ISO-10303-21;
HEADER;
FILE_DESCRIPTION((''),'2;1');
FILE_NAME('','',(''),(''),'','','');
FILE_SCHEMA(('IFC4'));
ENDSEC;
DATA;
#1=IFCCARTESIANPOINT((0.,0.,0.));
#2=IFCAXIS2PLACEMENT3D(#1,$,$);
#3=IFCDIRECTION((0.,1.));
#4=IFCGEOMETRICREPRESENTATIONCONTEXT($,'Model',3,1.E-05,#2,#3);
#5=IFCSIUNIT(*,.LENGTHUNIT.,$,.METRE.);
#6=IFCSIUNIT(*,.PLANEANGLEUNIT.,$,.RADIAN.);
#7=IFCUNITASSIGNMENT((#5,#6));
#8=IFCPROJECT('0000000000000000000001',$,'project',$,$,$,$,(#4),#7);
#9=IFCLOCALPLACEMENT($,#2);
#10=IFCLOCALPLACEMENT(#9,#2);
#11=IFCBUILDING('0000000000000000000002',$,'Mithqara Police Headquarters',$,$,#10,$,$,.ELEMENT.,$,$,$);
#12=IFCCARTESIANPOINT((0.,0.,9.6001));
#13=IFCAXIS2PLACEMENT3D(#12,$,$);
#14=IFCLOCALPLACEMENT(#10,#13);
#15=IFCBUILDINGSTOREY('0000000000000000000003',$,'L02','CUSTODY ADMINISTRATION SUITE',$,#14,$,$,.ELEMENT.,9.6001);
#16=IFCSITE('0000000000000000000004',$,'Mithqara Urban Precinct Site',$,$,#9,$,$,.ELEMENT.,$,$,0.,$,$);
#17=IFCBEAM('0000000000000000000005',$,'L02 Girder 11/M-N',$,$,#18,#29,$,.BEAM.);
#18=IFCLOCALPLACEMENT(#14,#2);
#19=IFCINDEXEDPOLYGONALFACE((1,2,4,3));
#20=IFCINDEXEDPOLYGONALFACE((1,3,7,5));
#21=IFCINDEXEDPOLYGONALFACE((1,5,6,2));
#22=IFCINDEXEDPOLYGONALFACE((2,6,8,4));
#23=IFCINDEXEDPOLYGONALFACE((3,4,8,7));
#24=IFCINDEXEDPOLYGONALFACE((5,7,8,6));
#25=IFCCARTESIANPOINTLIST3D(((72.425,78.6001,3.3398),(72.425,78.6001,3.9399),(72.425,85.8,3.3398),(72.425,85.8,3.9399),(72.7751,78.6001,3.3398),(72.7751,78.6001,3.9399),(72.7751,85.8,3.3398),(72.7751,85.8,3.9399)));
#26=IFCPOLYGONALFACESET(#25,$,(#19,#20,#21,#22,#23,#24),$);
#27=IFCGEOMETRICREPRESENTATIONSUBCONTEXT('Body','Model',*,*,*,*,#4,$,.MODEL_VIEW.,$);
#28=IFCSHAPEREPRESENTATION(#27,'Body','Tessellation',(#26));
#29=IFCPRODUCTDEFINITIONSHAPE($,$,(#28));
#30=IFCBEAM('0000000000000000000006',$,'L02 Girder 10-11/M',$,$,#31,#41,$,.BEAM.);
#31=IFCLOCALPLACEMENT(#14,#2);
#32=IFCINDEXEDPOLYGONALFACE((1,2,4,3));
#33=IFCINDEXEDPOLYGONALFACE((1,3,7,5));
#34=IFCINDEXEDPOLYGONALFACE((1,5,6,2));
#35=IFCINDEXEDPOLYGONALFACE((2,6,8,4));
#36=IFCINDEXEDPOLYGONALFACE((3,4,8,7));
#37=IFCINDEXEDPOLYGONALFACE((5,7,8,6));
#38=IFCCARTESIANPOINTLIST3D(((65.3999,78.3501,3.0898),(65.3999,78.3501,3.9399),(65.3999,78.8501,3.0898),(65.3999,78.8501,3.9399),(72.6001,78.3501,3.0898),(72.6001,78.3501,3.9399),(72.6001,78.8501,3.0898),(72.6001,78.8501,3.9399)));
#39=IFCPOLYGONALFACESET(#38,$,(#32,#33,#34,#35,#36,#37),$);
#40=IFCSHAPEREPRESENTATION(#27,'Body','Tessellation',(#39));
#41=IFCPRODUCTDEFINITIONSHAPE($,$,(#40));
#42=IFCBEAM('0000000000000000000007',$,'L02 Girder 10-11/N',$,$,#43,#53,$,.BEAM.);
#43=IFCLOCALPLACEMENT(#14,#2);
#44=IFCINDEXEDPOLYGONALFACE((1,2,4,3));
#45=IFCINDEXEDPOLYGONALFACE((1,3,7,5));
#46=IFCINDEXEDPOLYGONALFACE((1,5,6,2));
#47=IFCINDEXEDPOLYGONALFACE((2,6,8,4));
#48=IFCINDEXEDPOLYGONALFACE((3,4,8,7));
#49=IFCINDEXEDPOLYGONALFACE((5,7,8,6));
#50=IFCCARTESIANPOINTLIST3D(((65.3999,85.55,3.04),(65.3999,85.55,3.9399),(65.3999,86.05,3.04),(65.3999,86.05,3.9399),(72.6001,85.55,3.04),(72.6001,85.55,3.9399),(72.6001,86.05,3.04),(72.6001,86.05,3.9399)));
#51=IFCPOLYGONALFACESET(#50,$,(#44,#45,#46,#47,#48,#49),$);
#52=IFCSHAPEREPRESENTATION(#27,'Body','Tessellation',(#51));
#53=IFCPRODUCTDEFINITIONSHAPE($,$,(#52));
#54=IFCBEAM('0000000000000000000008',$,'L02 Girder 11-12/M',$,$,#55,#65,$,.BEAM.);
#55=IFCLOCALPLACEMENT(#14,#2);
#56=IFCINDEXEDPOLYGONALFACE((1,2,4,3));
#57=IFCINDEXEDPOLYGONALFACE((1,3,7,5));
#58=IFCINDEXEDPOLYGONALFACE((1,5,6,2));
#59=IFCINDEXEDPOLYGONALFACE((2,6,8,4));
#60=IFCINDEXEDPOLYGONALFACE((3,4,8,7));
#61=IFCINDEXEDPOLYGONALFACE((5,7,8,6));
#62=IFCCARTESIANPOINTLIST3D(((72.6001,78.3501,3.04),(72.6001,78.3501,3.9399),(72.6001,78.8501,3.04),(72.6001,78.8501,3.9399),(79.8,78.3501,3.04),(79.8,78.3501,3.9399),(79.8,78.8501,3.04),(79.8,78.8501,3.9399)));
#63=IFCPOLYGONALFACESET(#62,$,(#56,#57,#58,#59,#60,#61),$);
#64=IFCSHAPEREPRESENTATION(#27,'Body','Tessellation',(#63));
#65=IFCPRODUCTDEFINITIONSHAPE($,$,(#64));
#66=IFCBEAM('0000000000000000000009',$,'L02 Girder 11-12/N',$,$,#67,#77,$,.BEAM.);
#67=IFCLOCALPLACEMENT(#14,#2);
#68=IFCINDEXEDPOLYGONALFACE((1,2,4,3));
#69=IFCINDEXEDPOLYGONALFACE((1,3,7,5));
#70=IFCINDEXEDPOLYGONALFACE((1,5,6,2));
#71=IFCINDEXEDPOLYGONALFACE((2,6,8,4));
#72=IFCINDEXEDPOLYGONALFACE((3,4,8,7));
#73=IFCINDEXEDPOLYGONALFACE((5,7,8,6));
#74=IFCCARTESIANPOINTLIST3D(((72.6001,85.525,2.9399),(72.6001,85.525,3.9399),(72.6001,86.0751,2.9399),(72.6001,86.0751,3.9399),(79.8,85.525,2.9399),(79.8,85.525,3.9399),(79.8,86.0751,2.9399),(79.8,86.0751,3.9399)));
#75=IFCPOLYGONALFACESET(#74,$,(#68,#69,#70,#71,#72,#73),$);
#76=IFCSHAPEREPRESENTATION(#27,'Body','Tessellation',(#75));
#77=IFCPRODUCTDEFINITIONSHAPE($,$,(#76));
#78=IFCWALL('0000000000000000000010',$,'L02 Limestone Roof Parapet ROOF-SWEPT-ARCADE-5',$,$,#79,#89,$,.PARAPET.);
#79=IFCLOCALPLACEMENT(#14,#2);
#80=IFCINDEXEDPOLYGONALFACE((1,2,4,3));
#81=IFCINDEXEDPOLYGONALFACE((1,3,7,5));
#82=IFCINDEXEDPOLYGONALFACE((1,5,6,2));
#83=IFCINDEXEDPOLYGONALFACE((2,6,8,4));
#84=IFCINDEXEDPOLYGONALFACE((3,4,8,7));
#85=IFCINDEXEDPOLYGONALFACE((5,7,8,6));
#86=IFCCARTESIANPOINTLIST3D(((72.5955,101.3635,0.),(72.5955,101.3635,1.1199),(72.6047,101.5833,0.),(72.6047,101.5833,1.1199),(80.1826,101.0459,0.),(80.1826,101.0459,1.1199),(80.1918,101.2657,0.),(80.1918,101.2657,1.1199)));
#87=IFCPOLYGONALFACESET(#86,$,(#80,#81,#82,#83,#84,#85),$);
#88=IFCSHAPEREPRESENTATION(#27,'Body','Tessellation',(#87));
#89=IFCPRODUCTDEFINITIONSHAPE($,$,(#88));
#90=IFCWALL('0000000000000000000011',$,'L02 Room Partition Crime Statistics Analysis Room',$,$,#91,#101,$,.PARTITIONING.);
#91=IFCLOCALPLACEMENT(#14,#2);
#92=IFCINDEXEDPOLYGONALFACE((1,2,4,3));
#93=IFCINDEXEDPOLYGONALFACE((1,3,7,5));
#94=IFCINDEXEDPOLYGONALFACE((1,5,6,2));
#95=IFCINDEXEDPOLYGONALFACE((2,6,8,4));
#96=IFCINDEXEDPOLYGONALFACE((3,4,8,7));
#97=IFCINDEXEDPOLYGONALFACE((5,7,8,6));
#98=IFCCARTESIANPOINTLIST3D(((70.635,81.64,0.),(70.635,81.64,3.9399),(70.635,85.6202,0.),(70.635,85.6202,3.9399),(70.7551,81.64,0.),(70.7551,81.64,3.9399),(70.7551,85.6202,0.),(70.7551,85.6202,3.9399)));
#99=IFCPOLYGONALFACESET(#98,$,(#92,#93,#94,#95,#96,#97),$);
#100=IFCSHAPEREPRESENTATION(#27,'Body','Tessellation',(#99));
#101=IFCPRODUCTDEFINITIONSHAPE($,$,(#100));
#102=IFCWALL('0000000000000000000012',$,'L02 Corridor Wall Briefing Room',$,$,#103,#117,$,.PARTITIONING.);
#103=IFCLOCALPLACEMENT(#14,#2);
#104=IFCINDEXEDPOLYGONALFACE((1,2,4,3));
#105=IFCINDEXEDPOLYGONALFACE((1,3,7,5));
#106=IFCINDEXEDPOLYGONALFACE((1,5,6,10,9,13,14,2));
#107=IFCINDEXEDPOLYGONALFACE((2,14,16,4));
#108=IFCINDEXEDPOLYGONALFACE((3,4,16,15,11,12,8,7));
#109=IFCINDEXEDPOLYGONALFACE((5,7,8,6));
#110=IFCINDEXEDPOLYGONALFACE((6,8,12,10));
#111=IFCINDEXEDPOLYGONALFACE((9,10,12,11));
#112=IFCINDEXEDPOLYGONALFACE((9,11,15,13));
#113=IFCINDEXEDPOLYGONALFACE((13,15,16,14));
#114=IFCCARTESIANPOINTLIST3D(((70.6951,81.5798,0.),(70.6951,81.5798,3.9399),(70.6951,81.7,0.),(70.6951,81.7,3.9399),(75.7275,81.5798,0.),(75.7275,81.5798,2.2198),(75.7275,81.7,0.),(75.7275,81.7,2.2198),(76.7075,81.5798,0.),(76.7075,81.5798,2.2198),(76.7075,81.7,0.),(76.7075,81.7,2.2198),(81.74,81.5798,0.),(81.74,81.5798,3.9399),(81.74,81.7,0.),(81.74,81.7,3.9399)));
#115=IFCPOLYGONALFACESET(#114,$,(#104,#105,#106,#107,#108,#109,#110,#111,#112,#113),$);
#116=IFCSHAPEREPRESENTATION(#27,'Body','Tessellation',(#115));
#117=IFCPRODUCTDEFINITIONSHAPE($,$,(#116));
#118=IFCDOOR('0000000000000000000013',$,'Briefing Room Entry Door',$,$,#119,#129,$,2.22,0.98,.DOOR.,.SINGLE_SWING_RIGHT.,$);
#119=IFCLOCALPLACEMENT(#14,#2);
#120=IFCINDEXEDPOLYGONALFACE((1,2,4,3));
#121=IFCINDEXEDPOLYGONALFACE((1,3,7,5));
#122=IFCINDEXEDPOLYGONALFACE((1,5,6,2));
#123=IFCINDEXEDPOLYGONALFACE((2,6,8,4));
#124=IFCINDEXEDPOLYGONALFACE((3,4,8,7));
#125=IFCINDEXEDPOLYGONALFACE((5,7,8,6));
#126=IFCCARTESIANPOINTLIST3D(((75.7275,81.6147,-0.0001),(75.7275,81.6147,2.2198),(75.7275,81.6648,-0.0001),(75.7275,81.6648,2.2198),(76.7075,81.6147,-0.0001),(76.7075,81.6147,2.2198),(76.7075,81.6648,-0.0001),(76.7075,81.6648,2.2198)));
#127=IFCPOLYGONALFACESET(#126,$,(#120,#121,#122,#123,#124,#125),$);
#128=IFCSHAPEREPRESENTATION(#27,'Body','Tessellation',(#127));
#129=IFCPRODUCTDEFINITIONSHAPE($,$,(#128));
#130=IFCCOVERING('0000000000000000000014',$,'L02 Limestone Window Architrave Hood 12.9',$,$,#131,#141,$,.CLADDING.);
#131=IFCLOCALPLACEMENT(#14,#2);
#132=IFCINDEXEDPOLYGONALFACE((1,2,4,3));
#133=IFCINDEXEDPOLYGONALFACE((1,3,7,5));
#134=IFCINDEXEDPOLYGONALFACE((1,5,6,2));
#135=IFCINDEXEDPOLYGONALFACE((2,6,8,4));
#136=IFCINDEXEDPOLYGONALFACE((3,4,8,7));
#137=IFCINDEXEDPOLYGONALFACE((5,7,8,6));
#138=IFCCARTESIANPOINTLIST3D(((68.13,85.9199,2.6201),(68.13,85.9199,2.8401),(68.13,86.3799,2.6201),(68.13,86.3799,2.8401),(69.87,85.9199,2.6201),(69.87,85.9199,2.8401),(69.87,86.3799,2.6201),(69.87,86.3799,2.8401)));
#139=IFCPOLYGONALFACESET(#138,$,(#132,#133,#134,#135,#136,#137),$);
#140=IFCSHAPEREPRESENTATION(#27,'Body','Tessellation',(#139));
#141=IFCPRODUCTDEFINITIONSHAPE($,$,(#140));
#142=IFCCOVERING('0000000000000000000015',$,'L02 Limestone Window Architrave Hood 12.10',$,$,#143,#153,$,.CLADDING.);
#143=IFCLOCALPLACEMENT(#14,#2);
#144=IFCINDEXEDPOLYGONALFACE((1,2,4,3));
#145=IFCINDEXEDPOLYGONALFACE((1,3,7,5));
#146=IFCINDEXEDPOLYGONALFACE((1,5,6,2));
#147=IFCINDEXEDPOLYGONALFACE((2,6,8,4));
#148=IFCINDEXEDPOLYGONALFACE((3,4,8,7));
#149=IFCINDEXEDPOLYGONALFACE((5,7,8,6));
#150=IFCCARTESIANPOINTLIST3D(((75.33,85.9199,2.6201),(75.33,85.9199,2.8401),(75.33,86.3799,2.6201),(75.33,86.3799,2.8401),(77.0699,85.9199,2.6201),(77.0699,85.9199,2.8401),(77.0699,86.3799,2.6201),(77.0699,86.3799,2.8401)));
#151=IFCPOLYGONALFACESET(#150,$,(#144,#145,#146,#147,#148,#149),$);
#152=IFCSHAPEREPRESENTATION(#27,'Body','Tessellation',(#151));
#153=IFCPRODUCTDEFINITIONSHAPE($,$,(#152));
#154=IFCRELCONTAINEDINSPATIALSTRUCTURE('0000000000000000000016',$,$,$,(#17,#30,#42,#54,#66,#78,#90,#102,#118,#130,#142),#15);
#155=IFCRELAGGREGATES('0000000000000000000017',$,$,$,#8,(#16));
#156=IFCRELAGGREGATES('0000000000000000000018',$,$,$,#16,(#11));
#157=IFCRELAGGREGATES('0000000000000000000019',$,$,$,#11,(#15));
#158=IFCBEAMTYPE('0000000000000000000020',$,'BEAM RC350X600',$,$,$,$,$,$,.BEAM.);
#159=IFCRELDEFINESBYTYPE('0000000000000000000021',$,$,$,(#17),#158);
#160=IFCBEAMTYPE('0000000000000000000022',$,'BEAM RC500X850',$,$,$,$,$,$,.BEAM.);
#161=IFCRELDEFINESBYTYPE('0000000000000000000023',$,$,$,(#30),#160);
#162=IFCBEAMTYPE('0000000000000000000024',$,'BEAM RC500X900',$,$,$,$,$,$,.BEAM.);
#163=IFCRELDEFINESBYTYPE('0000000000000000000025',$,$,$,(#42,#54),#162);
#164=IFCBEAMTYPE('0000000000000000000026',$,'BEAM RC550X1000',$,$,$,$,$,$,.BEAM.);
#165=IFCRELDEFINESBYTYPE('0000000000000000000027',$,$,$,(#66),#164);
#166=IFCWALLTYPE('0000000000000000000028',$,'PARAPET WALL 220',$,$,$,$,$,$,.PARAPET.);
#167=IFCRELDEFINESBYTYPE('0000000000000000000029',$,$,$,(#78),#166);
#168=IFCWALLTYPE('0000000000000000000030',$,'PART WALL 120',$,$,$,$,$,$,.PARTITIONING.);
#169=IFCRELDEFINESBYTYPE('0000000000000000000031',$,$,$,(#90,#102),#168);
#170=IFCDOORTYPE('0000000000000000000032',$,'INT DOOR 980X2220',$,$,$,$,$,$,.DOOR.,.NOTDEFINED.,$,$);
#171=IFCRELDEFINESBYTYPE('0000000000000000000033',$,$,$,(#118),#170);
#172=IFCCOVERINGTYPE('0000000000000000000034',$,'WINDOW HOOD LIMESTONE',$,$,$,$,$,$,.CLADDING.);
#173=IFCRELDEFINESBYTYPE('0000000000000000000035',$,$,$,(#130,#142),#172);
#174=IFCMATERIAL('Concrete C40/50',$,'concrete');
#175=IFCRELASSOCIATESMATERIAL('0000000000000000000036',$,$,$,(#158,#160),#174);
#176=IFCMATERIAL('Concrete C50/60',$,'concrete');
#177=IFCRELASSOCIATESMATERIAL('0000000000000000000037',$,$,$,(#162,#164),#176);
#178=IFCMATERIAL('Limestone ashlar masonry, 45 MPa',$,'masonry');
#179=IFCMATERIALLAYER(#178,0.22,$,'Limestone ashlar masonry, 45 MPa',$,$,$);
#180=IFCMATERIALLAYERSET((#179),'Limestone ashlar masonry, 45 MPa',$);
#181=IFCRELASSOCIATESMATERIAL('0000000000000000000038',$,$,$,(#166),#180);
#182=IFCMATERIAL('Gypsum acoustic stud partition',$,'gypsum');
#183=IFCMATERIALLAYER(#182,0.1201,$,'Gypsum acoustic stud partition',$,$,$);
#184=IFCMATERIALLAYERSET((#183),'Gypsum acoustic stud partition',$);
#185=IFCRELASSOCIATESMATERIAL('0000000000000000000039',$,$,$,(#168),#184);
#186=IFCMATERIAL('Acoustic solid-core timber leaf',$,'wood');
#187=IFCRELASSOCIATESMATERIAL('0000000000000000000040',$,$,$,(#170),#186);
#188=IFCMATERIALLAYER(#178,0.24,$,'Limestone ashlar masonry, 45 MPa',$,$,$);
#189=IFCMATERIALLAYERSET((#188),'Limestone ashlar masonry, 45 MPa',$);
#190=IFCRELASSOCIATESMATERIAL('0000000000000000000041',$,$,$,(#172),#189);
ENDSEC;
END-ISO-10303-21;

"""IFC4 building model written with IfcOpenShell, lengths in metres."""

from ifc_helpers import new_model, si_unit, direction, frame, frame_2d, origin, origin_2d, place, context, subcontext, project, spatial, rectangle, extrude, material, layer, layer_set, material_profile, profile_set, type_object, element, fill, save


model = new_model("IFC4")

# Units and contexts
model_context = context("Model", 3, precision=1e-05, world=origin(), true_north=direction((0.0, 1.0)))
body_context = subcontext(model_context, "Body", "Model", "MODEL_VIEW")
ifc_project = project(units=[si_unit("LENGTHUNIT", "METRE"), si_unit("PLANEANGLEUNIT", "RADIAN")], contexts=[model_context])

# Site, building, storey
site_placement = place(None, origin())
site = spatial("IfcSite", under=ifc_project, at=site_placement, Name="Mithqara Urban Precinct Site", CompositionType="ELEMENT", RefElevation=0.0)
building_placement = place(site_placement, origin())
building = spatial("IfcBuilding", under=site, at=building_placement, Name="Mithqara Police Headquarters", CompositionType="ELEMENT")
storey_placement = place(building_placement, frame((0.0, 0.0, 9.6001)))
storey = spatial("IfcBuildingStorey", under=building, at=storey_placement, Name="L02", Description="CUSTODY ADMINISTRATION SUITE", CompositionType="ELEMENT", Elevation=9.6001)

# Shared definitions
ifc_material_1 = material(Name="Concrete C50/60", Category="concrete")

# Beams
ifc_material_2 = material(Name="Concrete C40/50", Category="concrete")
ifc_material_profile_1 = material_profile(ifc_material_2, rectangle(XDim=0.3501, YDim=0.6001, at=origin_2d()), Name="RC 350x600")
ifc_profile_set_1 = profile_set([ifc_material_profile_1], Name="Concrete C40/50")
beam_type_1 = type_object("IfcBeamType", Name="BEAM RC350X600", PredefinedType="BEAM", material=ifc_profile_set_1)
beam_1_placement = place(storey_placement, frame((72.6001, 78.6001, 3.6399), z_axis=(0.0, 1.0, 0.0), x_axis=(-1.0, 0.0, 0.0)))
element("IfcBeam", 1, at=beam_1_placement, inside=storey, type_object=beam_type_1, Name="L02 Girder 11/M-N", PredefinedType="BEAM", context=body_context, shape_type="SweptSolid", body=[
    extrude(rectangle(XDim=0.3501, YDim=0.6001, at=origin_2d()), origin(), (0.0, 0.0, 1.0), 7.2),
])
ifc_material_profile_2 = material_profile(ifc_material_2, rectangle(XDim=0.5, YDim=0.8501, at=origin_2d()), Name="RC 500x850")
ifc_profile_set_2 = profile_set([ifc_material_profile_2], Name="Concrete C40/50")
beam_type_2 = type_object("IfcBeamType", Name="BEAM RC500X850", PredefinedType="BEAM", material=ifc_profile_set_2)
beam_2_placement = place(storey_placement, frame((65.3999, 78.6001, 3.5149), z_axis=(1.0, 0.0, 0.0), x_axis=(0.0, 1.0, 0.0)))
element("IfcBeam", 2, at=beam_2_placement, inside=storey, type_object=beam_type_2, Name="L02 Girder 10-11/M", PredefinedType="BEAM", context=body_context, shape_type="SweptSolid", body=[
    extrude(rectangle(XDim=0.5, YDim=0.8501, at=origin_2d()), origin(), (0.0, 0.0, 1.0), 7.2002),
])
ifc_material_profile_3 = material_profile(ifc_material_1, rectangle(XDim=0.5, YDim=0.8999, at=origin_2d()), Name="RC 500x900")
ifc_profile_set_3 = profile_set([ifc_material_profile_3], Name="Concrete C50/60")
beam_type_3 = type_object("IfcBeamType", Name="BEAM RC500X900", PredefinedType="BEAM", material=ifc_profile_set_3)
beam_3_placement = place(storey_placement, frame((65.3999, 85.8, 3.49), z_axis=(1.0, 0.0, 0.0), x_axis=(0.0, 1.0, 0.0)))
element("IfcBeam", 3, at=beam_3_placement, inside=storey, type_object=beam_type_3, Name="L02 Girder 10-11/N", PredefinedType="BEAM", context=body_context, shape_type="SweptSolid", body=[
    extrude(rectangle(XDim=0.5, YDim=0.8999, at=origin_2d()), origin(), (0.0, 0.0, 1.0), 7.2002),
])
beam_4_placement = place(storey_placement, frame((72.6001, 78.6001, 3.49), z_axis=(1.0, 0.0, 0.0), x_axis=(0.0, 1.0, 0.0)))
element("IfcBeam", 4, at=beam_4_placement, inside=storey, type_object=beam_type_3, Name="L02 Girder 11-12/M", PredefinedType="BEAM", context=body_context, shape_type="SweptSolid", body=[
    extrude(rectangle(XDim=0.5, YDim=0.8999, at=origin_2d()), origin(), (0.0, 0.0, 1.0), 7.2),
])
ifc_material_profile_4 = material_profile(ifc_material_1, rectangle(XDim=0.55, YDim=1.0, at=origin_2d()), Name="RC 550x1000")
ifc_profile_set_4 = profile_set([ifc_material_profile_4], Name="Concrete C50/60")
beam_type_4 = type_object("IfcBeamType", Name="BEAM RC550X1000", PredefinedType="BEAM", material=ifc_profile_set_4)
beam_5_placement = place(storey_placement, frame((72.6001, 85.8, 3.4399), z_axis=(1.0, 0.0, 0.0), x_axis=(0.0, 1.0, 0.0)))
element("IfcBeam", 5, at=beam_5_placement, inside=storey, type_object=beam_type_4, Name="L02 Girder 11-12/N", PredefinedType="BEAM", context=body_context, shape_type="SweptSolid", body=[
    extrude(rectangle(XDim=0.55, YDim=1.0, at=origin_2d()), origin(), (0.0, 0.0, 1.0), 7.2),
])

# Walls
ifc_material_3 = material(Name="Limestone ashlar masonry, 45 MPa", Category="masonry")
ifc_layer_1 = layer(ifc_material_3, 0.22, Name="Limestone ashlar masonry, 45 MPa")
ifc_layer_set_1 = layer_set([ifc_layer_1], Name="Limestone ashlar masonry, 45 MPa")
wall_type_1 = type_object("IfcWallType", Name="PARAPET WALL 220", PredefinedType="PARAPET", material=ifc_layer_set_1)
wall_1_placement = place(storey_placement, frame((72.6001, 101.4734, 0.0), z_axis=(0.0, 0.0, 1.0), x_axis=(0.999125, -0.041827, 0.0)))
element("IfcWall", 6, at=wall_1_placement, inside=storey, type_object=wall_type_1, Name="L02 Limestone Roof Parapet ROOF-SWEPT-ARCADE-5", PredefinedType="PARAPET", context=body_context, shape_type="SweptSolid", body=[
    extrude(rectangle(XDim=7.5938, YDim=0.22, at=frame_2d((3.7969, 0.0))), origin(), (0.0, 0.0, 1.0), 1.1199),
])
ifc_material_4 = material(Name="Gypsum acoustic stud partition", Category="gypsum")
ifc_layer_2 = layer(ifc_material_4, 0.1201, Name="Gypsum acoustic stud partition")
ifc_layer_set_2 = layer_set([ifc_layer_2], Name="Gypsum acoustic stud partition")
wall_type_2 = type_object("IfcWallType", Name="PART WALL 120", PredefinedType="PARTITIONING", material=ifc_layer_set_2)
wall_2_placement = place(storey_placement, frame((70.6951, 81.6399, 0.0), z_axis=(0.0, 0.0, 1.0), x_axis=(0.0, 1.0, 0.0)))
element("IfcWall", 7, at=wall_2_placement, inside=storey, type_object=wall_type_2, Name="L02 Room Partition Crime Statistics Analysis Room", PredefinedType="PARTITIONING", context=body_context, shape_type="SweptSolid", body=[
    extrude(rectangle(XDim=3.9802, YDim=0.1201, at=frame_2d((1.9902, 0.0))), origin(), (0.0, 0.0, 1.0), 3.9399),
])

# Wall, opening, door
wall_3_placement = place(storey_placement, frame((70.6951, 81.6399, 0.0), z_axis=(0.0, 0.0, 1.0), x_axis=(1.0, 0.0, 0.0)))
wall_3 = element("IfcWall", 8, at=wall_3_placement, inside=storey, type_object=wall_type_2, Name="L02 Corridor Wall Briefing Room", PredefinedType="PARTITIONING", context=body_context, shape_type="SweptSolid", body=[
    extrude(rectangle(XDim=11.0449, YDim=0.1201, at=frame_2d((5.5225, 0.0))), origin(), (0.0, 0.0, 1.0), 3.9399),
])
opening_placement = place(wall_3_placement, frame((5.0325, 0.0, 0.0)))
opening = element("IfcOpeningElement", 9, at=opening_placement, cuts=wall_3, PredefinedType="OPENING", context=body_context, shape_type="SweptSolid", body=[
    extrude(rectangle(XDim=0.98, YDim=2.22, at=frame_2d((0.49, 1.1099))), frame((0.0, 0.0701, 0.0), z_axis=(0.0, -1.0, 0.0), x_axis=(1.0, 0.0, 0.0)), (0.0, 0.0, 1.0), 0.1401),
])
ifc_material_5 = material(Name="Acoustic solid-core timber leaf", Category="wood")
door_type = type_object("IfcDoorType", Name="INT DOOR 980X2220", OperationType="NOTDEFINED", PredefinedType="DOOR", material=ifc_material_5)
door_placement = place(opening_placement, origin())
door = element("IfcDoor", 10, at=door_placement, inside=storey, type_object=door_type, Name="Briefing Room Entry Door", OperationType="SINGLE_SWING_RIGHT", OverallHeight=2.22, OverallWidth=0.98, PredefinedType="DOOR", context=body_context, shape_type="SweptSolid", body=[
    extrude(rectangle(XDim=0.98, YDim=2.22, at=frame_2d((0.49, 1.1099))), frame((0.0, 0.0249, 0.0), z_axis=(0.0, -1.0, 0.0), x_axis=(1.0, 0.0, 0.0)), (0.0, 0.0, 1.0), 0.05),
])
fill(opening, door)

# Coverings
ifc_layer_3 = layer(ifc_material_3, 0.24, Name="Limestone ashlar masonry, 45 MPa")
ifc_layer_set_3 = layer_set([ifc_layer_3], Name="Limestone ashlar masonry, 45 MPa")
covering_type = type_object("IfcCoveringType", Name="WINDOW HOOD LIMESTONE", PredefinedType="CLADDING", material=ifc_layer_set_3)
for number, where, z_axis, x_axis, name in (
    (11, (69.0, 86.1499, 2.6201), (0.0, 0.0, 1.0), (1.0, 0.0, 0.0), "L02 Limestone Window Architrave Hood 12.9"),
    (12, (76.2, 86.1499, 2.6201), (0.0, 0.0, 1.0), (1.0, 0.0, 0.0), "L02 Limestone Window Architrave Hood 12.10"),
):
    element("IfcCovering", number, at=place(storey_placement, frame(where, z_axis=z_axis, x_axis=x_axis)), inside=storey, type_object=covering_type, Name=name, PredefinedType="CLADDING", context=body_context, shape_type="SweptSolid", body=[
        extrude(rectangle(XDim=1.74, YDim=0.46, at=origin_2d()), origin(), (0.0, 0.0, 1.0), 0.22),
    ])

save(model, "model.ifc")
